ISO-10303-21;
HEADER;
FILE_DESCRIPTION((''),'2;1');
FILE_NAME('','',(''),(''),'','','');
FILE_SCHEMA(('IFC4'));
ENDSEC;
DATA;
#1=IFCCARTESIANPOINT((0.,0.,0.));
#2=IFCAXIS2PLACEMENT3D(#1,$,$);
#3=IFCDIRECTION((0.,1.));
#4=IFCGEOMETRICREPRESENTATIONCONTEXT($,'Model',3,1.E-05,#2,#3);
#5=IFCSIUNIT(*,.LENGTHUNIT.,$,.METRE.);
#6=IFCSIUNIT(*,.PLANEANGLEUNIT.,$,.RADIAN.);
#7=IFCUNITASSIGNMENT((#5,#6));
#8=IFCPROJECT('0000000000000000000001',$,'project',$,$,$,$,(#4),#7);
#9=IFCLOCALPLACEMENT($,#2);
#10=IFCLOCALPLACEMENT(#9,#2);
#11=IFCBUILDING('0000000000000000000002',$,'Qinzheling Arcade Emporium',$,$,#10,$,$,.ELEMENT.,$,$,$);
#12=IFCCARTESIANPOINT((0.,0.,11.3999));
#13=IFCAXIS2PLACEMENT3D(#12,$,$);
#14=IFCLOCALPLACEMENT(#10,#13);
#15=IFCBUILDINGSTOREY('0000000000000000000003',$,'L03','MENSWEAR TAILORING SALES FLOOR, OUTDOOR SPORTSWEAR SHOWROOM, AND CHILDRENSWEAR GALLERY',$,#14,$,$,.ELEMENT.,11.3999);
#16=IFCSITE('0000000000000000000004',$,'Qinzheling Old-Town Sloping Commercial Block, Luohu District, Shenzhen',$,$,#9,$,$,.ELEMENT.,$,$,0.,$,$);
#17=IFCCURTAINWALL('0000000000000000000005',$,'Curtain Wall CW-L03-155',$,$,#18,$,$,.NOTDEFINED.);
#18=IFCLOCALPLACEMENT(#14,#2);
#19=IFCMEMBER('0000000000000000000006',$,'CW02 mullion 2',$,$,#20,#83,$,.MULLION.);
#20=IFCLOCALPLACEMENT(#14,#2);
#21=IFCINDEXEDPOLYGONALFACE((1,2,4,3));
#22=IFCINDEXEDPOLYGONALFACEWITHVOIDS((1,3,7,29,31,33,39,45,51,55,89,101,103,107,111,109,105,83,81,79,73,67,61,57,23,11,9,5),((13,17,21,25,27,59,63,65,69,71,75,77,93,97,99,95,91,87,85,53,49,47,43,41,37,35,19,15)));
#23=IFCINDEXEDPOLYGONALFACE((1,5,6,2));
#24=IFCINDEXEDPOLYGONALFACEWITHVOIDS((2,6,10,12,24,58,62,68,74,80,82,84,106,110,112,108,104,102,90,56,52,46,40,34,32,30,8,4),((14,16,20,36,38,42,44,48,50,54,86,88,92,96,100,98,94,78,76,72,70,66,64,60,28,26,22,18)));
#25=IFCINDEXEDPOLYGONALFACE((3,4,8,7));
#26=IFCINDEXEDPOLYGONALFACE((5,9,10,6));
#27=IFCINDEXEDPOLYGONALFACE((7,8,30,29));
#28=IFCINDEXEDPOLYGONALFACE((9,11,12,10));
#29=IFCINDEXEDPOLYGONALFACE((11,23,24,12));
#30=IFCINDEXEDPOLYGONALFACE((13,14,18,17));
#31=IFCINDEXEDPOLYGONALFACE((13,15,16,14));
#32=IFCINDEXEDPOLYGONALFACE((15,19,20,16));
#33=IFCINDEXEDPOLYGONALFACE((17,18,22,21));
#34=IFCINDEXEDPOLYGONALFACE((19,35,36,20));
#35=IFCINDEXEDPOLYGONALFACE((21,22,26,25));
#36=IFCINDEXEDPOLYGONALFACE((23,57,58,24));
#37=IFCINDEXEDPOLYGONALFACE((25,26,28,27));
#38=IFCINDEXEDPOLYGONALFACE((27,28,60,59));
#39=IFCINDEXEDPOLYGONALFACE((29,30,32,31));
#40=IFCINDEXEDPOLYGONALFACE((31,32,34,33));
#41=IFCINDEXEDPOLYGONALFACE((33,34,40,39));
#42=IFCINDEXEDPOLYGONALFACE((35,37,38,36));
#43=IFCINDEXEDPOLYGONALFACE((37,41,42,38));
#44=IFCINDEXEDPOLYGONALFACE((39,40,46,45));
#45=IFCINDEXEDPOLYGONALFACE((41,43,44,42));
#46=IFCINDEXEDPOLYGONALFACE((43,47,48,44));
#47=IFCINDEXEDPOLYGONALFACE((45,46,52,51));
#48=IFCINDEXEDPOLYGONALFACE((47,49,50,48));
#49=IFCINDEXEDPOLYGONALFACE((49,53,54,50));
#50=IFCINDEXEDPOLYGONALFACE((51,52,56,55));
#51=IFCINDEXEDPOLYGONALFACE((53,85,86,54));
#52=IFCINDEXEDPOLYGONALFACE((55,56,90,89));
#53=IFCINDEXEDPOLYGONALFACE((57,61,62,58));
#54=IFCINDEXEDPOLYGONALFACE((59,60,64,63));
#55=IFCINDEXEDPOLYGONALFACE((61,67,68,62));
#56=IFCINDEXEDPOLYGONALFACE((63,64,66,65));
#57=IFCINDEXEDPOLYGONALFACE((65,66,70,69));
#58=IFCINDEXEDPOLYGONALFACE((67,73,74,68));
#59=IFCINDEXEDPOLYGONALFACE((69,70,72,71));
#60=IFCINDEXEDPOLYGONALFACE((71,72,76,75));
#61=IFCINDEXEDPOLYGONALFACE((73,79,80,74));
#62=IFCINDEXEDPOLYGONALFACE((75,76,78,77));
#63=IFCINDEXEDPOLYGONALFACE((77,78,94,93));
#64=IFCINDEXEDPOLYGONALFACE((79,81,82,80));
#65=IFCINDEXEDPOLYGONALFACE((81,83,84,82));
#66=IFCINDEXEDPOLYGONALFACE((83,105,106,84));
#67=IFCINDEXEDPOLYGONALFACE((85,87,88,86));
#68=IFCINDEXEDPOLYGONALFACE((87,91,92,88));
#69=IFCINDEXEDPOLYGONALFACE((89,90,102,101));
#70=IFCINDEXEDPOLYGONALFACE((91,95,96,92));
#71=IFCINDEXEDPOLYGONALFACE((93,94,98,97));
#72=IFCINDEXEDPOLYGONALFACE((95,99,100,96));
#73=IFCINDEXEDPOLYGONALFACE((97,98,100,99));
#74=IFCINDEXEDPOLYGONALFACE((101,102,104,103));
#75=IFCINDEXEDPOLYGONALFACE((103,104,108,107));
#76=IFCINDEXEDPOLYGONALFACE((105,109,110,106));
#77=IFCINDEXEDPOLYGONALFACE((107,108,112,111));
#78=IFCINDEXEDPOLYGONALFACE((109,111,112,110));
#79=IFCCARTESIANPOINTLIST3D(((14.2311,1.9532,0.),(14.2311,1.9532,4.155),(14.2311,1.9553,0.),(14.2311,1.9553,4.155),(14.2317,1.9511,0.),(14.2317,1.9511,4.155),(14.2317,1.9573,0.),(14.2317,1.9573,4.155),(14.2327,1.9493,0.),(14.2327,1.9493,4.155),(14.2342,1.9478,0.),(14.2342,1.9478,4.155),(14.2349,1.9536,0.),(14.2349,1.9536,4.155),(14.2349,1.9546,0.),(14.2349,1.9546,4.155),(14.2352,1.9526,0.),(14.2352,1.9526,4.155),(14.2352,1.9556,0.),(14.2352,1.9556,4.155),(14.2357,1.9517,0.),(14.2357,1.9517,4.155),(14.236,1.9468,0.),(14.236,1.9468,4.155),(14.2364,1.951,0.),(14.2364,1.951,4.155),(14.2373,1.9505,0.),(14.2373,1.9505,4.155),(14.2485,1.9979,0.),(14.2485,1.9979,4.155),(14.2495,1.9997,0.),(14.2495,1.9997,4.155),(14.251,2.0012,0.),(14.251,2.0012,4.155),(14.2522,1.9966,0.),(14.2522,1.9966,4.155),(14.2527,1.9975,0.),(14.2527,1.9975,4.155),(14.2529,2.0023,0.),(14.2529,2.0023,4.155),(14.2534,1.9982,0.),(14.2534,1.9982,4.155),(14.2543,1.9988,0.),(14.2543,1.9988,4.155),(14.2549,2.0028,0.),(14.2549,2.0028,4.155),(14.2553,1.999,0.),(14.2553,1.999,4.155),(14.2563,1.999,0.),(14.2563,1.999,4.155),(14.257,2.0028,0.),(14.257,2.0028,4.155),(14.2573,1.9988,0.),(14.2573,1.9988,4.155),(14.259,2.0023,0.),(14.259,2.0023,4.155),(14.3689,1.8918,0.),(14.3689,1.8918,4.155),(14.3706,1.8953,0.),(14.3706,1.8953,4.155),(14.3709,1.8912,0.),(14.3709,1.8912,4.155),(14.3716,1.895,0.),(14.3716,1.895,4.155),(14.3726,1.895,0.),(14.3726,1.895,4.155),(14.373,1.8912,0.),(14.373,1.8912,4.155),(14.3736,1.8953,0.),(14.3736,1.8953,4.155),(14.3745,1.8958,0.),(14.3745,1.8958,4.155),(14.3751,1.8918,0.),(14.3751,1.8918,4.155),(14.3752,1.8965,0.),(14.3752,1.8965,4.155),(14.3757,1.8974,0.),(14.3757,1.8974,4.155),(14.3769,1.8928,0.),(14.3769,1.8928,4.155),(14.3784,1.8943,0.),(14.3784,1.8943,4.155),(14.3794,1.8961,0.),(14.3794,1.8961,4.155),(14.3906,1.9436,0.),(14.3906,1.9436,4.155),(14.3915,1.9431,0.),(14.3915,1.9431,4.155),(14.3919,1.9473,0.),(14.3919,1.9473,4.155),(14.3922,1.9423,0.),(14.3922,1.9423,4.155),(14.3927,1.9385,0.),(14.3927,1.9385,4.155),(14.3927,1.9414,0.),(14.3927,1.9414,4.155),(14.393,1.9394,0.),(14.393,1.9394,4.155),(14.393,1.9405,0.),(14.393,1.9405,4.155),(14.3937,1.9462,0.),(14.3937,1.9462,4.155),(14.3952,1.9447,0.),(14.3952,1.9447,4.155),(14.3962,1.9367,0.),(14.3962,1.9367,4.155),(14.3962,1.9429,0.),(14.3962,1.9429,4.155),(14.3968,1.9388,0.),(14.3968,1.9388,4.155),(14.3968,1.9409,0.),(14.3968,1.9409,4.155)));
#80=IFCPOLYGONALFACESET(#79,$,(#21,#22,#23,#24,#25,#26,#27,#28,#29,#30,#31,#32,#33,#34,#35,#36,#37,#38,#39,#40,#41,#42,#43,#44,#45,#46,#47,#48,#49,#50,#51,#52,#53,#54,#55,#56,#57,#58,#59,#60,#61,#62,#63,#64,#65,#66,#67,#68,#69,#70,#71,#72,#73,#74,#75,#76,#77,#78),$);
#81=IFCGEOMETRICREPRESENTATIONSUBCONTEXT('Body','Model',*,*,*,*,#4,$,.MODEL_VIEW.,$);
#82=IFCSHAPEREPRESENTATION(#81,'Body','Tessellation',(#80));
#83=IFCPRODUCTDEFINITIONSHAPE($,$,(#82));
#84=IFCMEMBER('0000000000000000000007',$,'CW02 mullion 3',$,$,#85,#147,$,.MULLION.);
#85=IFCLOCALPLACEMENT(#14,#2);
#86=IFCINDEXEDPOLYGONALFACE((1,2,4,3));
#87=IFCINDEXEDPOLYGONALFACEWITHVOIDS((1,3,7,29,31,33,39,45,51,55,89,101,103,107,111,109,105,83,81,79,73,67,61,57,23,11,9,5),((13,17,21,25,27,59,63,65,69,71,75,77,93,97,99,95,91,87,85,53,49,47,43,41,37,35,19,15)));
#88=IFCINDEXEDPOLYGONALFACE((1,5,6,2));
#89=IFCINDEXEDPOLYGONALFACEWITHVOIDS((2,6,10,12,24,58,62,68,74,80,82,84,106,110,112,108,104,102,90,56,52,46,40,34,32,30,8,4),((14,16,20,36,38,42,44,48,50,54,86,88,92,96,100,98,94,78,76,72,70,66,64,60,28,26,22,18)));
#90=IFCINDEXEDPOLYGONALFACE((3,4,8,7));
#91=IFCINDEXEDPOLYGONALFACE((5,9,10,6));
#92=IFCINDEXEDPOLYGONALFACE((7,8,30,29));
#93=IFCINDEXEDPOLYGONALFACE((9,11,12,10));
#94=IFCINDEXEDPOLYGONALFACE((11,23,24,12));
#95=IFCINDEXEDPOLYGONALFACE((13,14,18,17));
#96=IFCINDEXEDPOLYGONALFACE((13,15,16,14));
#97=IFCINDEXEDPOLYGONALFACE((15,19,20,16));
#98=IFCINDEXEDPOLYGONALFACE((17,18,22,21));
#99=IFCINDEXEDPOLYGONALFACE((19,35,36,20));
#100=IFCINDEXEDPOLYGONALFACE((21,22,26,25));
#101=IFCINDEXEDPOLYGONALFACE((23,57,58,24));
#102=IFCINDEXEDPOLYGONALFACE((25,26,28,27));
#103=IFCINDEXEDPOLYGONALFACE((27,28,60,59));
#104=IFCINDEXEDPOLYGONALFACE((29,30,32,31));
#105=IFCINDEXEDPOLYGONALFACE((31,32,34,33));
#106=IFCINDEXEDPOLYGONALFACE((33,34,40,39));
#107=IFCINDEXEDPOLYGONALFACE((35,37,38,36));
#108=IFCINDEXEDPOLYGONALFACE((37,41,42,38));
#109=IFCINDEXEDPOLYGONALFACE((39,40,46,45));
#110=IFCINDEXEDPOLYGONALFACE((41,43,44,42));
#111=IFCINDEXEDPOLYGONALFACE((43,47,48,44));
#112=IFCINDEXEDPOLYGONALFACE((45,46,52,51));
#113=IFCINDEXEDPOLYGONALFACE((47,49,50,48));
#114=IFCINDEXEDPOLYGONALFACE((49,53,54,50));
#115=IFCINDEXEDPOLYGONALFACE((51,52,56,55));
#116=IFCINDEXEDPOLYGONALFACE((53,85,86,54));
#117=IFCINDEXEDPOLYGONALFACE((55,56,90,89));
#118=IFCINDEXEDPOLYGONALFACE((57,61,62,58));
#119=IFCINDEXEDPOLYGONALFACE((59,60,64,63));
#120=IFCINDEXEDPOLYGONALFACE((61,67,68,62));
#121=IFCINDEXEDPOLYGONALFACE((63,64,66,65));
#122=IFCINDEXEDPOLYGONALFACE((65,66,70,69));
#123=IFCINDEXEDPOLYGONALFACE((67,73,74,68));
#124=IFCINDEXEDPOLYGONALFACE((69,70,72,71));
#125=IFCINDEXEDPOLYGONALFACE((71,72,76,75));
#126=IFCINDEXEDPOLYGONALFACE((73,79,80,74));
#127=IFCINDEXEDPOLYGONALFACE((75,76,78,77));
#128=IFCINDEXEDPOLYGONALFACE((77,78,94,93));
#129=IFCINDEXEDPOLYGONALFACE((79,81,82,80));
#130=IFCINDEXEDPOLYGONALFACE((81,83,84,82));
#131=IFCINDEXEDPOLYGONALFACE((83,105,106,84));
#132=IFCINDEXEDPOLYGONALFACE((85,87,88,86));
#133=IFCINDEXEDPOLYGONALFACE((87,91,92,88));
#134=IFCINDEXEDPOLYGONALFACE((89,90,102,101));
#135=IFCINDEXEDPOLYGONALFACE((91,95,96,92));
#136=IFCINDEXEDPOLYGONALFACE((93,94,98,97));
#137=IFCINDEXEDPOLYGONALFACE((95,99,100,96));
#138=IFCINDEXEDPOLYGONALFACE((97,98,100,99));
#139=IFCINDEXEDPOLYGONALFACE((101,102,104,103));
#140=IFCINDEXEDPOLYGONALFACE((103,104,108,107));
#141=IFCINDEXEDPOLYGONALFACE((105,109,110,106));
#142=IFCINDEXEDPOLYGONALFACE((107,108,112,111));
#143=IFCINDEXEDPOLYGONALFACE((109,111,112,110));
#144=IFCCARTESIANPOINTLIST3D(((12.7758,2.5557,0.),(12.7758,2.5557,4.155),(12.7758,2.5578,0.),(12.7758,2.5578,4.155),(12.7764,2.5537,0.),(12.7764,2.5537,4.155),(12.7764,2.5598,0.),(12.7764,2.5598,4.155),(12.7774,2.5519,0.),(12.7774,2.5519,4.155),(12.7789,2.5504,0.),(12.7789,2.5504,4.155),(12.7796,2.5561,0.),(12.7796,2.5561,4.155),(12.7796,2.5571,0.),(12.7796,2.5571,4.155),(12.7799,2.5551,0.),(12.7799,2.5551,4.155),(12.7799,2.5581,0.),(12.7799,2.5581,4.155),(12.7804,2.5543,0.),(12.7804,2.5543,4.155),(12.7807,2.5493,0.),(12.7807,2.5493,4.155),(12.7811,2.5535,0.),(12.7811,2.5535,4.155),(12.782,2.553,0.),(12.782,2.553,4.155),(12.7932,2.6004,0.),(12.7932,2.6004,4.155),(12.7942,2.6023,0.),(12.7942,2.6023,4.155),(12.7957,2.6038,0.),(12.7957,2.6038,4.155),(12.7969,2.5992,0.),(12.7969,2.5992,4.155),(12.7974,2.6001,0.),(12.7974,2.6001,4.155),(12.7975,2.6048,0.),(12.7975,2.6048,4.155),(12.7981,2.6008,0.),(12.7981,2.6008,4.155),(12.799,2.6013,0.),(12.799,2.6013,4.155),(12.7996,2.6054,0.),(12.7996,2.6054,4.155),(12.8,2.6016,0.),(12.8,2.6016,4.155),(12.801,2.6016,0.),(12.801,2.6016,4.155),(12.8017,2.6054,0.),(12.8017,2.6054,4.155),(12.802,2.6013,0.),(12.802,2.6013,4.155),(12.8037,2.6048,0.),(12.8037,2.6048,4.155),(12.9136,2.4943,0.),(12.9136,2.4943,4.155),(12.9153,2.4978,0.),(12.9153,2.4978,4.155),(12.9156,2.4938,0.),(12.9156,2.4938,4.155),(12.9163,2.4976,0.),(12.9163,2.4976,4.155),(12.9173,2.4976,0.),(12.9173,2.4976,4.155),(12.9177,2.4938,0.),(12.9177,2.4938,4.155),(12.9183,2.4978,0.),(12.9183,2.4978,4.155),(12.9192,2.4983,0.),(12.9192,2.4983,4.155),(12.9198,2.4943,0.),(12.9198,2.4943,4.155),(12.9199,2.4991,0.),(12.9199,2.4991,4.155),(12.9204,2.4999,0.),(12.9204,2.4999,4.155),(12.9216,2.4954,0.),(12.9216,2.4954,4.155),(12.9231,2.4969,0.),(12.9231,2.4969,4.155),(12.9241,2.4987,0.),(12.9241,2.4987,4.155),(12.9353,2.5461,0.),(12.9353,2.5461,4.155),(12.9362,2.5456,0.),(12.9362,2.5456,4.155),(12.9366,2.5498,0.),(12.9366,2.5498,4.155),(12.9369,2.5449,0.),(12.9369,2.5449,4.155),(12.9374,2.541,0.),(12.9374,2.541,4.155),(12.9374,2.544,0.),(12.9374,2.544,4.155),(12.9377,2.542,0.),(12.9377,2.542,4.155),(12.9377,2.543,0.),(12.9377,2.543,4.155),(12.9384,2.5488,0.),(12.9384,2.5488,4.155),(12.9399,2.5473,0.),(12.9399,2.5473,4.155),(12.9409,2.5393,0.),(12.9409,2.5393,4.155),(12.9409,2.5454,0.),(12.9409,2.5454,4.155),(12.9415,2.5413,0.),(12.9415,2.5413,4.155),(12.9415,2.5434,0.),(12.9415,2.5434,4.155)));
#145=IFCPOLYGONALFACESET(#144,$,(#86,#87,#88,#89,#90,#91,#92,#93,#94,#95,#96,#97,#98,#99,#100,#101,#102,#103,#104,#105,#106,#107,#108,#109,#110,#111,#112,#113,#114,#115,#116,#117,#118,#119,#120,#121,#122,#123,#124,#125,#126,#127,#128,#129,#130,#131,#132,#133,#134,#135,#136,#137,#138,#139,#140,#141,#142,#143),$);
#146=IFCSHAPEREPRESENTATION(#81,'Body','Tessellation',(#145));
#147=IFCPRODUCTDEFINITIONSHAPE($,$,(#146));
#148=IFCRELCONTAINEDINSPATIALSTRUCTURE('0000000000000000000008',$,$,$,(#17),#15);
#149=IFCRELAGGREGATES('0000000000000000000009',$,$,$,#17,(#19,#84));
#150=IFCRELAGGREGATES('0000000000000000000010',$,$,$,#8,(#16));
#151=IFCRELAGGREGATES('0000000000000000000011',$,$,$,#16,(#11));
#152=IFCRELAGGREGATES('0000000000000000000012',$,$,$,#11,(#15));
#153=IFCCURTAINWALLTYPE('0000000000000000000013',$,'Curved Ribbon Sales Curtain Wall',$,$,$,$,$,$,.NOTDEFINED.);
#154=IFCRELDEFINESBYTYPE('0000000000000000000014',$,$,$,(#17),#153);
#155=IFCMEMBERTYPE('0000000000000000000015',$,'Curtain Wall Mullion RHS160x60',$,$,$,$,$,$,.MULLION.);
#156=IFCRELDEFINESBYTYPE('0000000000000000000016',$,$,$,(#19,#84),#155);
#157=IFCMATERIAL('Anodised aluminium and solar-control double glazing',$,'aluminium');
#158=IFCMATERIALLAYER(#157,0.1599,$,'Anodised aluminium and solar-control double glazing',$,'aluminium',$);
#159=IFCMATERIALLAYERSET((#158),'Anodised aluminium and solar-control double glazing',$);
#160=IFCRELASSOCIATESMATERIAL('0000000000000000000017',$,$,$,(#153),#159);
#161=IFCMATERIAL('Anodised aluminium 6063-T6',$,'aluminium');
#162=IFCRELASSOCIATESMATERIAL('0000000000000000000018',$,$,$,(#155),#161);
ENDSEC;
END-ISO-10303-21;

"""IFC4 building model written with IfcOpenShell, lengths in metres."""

from ifc_helpers import new_model, si_unit, direction, frame, origin, origin_2d, place, context, subcontext, project, spatial, hollow_rectangle, extrude, material, layer, layer_set, material_profile, profile_set, type_object, element, aggregate, save


model = new_model("IFC4")

# Units and contexts
model_context = context("Model", 3, precision=1e-05, world=origin(), true_north=direction((0.0, 1.0)))
body_context = subcontext(model_context, "Body", "Model", "MODEL_VIEW")
ifc_project = project(units=[si_unit("LENGTHUNIT", "METRE"), si_unit("PLANEANGLEUNIT", "RADIAN")], contexts=[model_context])

# Site, building, storey
site_placement = place(None, origin())
site = spatial("IfcSite", under=ifc_project, at=site_placement, Name="Qinzheling Old-Town Sloping Commercial Block, Luohu District, Shenzhen", CompositionType="ELEMENT", RefElevation=0.0)
building_placement = place(site_placement, origin())
building = spatial("IfcBuilding", under=site, at=building_placement, Name="Qinzheling Arcade Emporium", CompositionType="ELEMENT")
storey_placement = place(building_placement, frame((0.0, 0.0, 11.3999)))
storey = spatial("IfcBuildingStorey", under=building, at=storey_placement, Name="L03", Description="MENSWEAR TAILORING SALES FLOOR, OUTDOOR SPORTSWEAR SHOWROOM, AND CHILDRENSWEAR GALLERY", CompositionType="ELEMENT", Elevation=11.3999)

# Curtain wall, members
ifc_material_1 = material(Name="Anodised aluminium and solar-control double glazing", Category="aluminium")
ifc_layer_1 = layer(ifc_material_1, 0.1599, Name="Anodised aluminium and solar-control double glazing", Category="aluminium")
ifc_layer_set_1 = layer_set([ifc_layer_1], Name="Anodised aluminium and solar-control double glazing")
curtain_wall_type = type_object("IfcCurtainWallType", Name="Curved Ribbon Sales Curtain Wall", PredefinedType="NOTDEFINED", material=ifc_layer_set_1)
ifc_material_2 = material(Name="Anodised aluminium 6063-T6", Category="aluminium")
ifc_material_profile_1 = material_profile(ifc_material_2, hollow_rectangle(XDim=0.0601, YDim=0.1599, WallThickness=0.0039, InnerFilletRadius=0.0039, OuterFilletRadius=0.0081, at=origin_2d()), Name="RHS 160x60x4", Category="aluminium")
ifc_profile_set_1 = profile_set([ifc_material_profile_1], Name="Anodised aluminium 6063-T6")
member_type_1 = type_object("IfcMemberType", Name="Curtain Wall Mullion RHS160x60", PredefinedType="MULLION", material=ifc_profile_set_1)
curtain_wall_1_placement = place(storey_placement, origin())
curtain_wall_1 = element("IfcCurtainWall", 1, at=curtain_wall_1_placement, inside=storey, type_object=curtain_wall_type, Name="Curtain Wall CW-L03-155", PredefinedType="NOTDEFINED")
member_1_placement = place(storey_placement, frame((14.314, 1.947, 0.0), z_axis=(0.0, 0.0, 1.0), x_axis=(-0.382535, -0.923941, 0.0)))
member_1 = element("IfcMember", 2, at=member_1_placement, type_object=member_type_1, Name="CW02 mullion 2", PredefinedType="MULLION", context=body_context, shape_type="SweptSolid", body=[
    extrude(hollow_rectangle(XDim=0.0601, YDim=0.1599, WallThickness=0.0039, InnerFilletRadius=0.0039, OuterFilletRadius=0.0081, at=origin_2d()), origin(), (0.0, 0.0, 1.0), 4.155),
])
member_2_placement = place(storey_placement, frame((12.8586, 2.5496, 0.0), z_axis=(0.0, 0.0, 1.0), x_axis=(-0.382535, -0.923941, 0.0)))
member_2 = element("IfcMember", 3, at=member_2_placement, type_object=member_type_1, Name="CW02 mullion 3", PredefinedType="MULLION", context=body_context, shape_type="SweptSolid", body=[
    extrude(hollow_rectangle(XDim=0.0601, YDim=0.1599, WallThickness=0.0039, InnerFilletRadius=0.0039, OuterFilletRadius=0.0081, at=origin_2d()), origin(), (0.0, 0.0, 1.0), 4.155),
])

aggregate(curtain_wall_1, [member_1, member_2])

save(model, "model.ifc")
